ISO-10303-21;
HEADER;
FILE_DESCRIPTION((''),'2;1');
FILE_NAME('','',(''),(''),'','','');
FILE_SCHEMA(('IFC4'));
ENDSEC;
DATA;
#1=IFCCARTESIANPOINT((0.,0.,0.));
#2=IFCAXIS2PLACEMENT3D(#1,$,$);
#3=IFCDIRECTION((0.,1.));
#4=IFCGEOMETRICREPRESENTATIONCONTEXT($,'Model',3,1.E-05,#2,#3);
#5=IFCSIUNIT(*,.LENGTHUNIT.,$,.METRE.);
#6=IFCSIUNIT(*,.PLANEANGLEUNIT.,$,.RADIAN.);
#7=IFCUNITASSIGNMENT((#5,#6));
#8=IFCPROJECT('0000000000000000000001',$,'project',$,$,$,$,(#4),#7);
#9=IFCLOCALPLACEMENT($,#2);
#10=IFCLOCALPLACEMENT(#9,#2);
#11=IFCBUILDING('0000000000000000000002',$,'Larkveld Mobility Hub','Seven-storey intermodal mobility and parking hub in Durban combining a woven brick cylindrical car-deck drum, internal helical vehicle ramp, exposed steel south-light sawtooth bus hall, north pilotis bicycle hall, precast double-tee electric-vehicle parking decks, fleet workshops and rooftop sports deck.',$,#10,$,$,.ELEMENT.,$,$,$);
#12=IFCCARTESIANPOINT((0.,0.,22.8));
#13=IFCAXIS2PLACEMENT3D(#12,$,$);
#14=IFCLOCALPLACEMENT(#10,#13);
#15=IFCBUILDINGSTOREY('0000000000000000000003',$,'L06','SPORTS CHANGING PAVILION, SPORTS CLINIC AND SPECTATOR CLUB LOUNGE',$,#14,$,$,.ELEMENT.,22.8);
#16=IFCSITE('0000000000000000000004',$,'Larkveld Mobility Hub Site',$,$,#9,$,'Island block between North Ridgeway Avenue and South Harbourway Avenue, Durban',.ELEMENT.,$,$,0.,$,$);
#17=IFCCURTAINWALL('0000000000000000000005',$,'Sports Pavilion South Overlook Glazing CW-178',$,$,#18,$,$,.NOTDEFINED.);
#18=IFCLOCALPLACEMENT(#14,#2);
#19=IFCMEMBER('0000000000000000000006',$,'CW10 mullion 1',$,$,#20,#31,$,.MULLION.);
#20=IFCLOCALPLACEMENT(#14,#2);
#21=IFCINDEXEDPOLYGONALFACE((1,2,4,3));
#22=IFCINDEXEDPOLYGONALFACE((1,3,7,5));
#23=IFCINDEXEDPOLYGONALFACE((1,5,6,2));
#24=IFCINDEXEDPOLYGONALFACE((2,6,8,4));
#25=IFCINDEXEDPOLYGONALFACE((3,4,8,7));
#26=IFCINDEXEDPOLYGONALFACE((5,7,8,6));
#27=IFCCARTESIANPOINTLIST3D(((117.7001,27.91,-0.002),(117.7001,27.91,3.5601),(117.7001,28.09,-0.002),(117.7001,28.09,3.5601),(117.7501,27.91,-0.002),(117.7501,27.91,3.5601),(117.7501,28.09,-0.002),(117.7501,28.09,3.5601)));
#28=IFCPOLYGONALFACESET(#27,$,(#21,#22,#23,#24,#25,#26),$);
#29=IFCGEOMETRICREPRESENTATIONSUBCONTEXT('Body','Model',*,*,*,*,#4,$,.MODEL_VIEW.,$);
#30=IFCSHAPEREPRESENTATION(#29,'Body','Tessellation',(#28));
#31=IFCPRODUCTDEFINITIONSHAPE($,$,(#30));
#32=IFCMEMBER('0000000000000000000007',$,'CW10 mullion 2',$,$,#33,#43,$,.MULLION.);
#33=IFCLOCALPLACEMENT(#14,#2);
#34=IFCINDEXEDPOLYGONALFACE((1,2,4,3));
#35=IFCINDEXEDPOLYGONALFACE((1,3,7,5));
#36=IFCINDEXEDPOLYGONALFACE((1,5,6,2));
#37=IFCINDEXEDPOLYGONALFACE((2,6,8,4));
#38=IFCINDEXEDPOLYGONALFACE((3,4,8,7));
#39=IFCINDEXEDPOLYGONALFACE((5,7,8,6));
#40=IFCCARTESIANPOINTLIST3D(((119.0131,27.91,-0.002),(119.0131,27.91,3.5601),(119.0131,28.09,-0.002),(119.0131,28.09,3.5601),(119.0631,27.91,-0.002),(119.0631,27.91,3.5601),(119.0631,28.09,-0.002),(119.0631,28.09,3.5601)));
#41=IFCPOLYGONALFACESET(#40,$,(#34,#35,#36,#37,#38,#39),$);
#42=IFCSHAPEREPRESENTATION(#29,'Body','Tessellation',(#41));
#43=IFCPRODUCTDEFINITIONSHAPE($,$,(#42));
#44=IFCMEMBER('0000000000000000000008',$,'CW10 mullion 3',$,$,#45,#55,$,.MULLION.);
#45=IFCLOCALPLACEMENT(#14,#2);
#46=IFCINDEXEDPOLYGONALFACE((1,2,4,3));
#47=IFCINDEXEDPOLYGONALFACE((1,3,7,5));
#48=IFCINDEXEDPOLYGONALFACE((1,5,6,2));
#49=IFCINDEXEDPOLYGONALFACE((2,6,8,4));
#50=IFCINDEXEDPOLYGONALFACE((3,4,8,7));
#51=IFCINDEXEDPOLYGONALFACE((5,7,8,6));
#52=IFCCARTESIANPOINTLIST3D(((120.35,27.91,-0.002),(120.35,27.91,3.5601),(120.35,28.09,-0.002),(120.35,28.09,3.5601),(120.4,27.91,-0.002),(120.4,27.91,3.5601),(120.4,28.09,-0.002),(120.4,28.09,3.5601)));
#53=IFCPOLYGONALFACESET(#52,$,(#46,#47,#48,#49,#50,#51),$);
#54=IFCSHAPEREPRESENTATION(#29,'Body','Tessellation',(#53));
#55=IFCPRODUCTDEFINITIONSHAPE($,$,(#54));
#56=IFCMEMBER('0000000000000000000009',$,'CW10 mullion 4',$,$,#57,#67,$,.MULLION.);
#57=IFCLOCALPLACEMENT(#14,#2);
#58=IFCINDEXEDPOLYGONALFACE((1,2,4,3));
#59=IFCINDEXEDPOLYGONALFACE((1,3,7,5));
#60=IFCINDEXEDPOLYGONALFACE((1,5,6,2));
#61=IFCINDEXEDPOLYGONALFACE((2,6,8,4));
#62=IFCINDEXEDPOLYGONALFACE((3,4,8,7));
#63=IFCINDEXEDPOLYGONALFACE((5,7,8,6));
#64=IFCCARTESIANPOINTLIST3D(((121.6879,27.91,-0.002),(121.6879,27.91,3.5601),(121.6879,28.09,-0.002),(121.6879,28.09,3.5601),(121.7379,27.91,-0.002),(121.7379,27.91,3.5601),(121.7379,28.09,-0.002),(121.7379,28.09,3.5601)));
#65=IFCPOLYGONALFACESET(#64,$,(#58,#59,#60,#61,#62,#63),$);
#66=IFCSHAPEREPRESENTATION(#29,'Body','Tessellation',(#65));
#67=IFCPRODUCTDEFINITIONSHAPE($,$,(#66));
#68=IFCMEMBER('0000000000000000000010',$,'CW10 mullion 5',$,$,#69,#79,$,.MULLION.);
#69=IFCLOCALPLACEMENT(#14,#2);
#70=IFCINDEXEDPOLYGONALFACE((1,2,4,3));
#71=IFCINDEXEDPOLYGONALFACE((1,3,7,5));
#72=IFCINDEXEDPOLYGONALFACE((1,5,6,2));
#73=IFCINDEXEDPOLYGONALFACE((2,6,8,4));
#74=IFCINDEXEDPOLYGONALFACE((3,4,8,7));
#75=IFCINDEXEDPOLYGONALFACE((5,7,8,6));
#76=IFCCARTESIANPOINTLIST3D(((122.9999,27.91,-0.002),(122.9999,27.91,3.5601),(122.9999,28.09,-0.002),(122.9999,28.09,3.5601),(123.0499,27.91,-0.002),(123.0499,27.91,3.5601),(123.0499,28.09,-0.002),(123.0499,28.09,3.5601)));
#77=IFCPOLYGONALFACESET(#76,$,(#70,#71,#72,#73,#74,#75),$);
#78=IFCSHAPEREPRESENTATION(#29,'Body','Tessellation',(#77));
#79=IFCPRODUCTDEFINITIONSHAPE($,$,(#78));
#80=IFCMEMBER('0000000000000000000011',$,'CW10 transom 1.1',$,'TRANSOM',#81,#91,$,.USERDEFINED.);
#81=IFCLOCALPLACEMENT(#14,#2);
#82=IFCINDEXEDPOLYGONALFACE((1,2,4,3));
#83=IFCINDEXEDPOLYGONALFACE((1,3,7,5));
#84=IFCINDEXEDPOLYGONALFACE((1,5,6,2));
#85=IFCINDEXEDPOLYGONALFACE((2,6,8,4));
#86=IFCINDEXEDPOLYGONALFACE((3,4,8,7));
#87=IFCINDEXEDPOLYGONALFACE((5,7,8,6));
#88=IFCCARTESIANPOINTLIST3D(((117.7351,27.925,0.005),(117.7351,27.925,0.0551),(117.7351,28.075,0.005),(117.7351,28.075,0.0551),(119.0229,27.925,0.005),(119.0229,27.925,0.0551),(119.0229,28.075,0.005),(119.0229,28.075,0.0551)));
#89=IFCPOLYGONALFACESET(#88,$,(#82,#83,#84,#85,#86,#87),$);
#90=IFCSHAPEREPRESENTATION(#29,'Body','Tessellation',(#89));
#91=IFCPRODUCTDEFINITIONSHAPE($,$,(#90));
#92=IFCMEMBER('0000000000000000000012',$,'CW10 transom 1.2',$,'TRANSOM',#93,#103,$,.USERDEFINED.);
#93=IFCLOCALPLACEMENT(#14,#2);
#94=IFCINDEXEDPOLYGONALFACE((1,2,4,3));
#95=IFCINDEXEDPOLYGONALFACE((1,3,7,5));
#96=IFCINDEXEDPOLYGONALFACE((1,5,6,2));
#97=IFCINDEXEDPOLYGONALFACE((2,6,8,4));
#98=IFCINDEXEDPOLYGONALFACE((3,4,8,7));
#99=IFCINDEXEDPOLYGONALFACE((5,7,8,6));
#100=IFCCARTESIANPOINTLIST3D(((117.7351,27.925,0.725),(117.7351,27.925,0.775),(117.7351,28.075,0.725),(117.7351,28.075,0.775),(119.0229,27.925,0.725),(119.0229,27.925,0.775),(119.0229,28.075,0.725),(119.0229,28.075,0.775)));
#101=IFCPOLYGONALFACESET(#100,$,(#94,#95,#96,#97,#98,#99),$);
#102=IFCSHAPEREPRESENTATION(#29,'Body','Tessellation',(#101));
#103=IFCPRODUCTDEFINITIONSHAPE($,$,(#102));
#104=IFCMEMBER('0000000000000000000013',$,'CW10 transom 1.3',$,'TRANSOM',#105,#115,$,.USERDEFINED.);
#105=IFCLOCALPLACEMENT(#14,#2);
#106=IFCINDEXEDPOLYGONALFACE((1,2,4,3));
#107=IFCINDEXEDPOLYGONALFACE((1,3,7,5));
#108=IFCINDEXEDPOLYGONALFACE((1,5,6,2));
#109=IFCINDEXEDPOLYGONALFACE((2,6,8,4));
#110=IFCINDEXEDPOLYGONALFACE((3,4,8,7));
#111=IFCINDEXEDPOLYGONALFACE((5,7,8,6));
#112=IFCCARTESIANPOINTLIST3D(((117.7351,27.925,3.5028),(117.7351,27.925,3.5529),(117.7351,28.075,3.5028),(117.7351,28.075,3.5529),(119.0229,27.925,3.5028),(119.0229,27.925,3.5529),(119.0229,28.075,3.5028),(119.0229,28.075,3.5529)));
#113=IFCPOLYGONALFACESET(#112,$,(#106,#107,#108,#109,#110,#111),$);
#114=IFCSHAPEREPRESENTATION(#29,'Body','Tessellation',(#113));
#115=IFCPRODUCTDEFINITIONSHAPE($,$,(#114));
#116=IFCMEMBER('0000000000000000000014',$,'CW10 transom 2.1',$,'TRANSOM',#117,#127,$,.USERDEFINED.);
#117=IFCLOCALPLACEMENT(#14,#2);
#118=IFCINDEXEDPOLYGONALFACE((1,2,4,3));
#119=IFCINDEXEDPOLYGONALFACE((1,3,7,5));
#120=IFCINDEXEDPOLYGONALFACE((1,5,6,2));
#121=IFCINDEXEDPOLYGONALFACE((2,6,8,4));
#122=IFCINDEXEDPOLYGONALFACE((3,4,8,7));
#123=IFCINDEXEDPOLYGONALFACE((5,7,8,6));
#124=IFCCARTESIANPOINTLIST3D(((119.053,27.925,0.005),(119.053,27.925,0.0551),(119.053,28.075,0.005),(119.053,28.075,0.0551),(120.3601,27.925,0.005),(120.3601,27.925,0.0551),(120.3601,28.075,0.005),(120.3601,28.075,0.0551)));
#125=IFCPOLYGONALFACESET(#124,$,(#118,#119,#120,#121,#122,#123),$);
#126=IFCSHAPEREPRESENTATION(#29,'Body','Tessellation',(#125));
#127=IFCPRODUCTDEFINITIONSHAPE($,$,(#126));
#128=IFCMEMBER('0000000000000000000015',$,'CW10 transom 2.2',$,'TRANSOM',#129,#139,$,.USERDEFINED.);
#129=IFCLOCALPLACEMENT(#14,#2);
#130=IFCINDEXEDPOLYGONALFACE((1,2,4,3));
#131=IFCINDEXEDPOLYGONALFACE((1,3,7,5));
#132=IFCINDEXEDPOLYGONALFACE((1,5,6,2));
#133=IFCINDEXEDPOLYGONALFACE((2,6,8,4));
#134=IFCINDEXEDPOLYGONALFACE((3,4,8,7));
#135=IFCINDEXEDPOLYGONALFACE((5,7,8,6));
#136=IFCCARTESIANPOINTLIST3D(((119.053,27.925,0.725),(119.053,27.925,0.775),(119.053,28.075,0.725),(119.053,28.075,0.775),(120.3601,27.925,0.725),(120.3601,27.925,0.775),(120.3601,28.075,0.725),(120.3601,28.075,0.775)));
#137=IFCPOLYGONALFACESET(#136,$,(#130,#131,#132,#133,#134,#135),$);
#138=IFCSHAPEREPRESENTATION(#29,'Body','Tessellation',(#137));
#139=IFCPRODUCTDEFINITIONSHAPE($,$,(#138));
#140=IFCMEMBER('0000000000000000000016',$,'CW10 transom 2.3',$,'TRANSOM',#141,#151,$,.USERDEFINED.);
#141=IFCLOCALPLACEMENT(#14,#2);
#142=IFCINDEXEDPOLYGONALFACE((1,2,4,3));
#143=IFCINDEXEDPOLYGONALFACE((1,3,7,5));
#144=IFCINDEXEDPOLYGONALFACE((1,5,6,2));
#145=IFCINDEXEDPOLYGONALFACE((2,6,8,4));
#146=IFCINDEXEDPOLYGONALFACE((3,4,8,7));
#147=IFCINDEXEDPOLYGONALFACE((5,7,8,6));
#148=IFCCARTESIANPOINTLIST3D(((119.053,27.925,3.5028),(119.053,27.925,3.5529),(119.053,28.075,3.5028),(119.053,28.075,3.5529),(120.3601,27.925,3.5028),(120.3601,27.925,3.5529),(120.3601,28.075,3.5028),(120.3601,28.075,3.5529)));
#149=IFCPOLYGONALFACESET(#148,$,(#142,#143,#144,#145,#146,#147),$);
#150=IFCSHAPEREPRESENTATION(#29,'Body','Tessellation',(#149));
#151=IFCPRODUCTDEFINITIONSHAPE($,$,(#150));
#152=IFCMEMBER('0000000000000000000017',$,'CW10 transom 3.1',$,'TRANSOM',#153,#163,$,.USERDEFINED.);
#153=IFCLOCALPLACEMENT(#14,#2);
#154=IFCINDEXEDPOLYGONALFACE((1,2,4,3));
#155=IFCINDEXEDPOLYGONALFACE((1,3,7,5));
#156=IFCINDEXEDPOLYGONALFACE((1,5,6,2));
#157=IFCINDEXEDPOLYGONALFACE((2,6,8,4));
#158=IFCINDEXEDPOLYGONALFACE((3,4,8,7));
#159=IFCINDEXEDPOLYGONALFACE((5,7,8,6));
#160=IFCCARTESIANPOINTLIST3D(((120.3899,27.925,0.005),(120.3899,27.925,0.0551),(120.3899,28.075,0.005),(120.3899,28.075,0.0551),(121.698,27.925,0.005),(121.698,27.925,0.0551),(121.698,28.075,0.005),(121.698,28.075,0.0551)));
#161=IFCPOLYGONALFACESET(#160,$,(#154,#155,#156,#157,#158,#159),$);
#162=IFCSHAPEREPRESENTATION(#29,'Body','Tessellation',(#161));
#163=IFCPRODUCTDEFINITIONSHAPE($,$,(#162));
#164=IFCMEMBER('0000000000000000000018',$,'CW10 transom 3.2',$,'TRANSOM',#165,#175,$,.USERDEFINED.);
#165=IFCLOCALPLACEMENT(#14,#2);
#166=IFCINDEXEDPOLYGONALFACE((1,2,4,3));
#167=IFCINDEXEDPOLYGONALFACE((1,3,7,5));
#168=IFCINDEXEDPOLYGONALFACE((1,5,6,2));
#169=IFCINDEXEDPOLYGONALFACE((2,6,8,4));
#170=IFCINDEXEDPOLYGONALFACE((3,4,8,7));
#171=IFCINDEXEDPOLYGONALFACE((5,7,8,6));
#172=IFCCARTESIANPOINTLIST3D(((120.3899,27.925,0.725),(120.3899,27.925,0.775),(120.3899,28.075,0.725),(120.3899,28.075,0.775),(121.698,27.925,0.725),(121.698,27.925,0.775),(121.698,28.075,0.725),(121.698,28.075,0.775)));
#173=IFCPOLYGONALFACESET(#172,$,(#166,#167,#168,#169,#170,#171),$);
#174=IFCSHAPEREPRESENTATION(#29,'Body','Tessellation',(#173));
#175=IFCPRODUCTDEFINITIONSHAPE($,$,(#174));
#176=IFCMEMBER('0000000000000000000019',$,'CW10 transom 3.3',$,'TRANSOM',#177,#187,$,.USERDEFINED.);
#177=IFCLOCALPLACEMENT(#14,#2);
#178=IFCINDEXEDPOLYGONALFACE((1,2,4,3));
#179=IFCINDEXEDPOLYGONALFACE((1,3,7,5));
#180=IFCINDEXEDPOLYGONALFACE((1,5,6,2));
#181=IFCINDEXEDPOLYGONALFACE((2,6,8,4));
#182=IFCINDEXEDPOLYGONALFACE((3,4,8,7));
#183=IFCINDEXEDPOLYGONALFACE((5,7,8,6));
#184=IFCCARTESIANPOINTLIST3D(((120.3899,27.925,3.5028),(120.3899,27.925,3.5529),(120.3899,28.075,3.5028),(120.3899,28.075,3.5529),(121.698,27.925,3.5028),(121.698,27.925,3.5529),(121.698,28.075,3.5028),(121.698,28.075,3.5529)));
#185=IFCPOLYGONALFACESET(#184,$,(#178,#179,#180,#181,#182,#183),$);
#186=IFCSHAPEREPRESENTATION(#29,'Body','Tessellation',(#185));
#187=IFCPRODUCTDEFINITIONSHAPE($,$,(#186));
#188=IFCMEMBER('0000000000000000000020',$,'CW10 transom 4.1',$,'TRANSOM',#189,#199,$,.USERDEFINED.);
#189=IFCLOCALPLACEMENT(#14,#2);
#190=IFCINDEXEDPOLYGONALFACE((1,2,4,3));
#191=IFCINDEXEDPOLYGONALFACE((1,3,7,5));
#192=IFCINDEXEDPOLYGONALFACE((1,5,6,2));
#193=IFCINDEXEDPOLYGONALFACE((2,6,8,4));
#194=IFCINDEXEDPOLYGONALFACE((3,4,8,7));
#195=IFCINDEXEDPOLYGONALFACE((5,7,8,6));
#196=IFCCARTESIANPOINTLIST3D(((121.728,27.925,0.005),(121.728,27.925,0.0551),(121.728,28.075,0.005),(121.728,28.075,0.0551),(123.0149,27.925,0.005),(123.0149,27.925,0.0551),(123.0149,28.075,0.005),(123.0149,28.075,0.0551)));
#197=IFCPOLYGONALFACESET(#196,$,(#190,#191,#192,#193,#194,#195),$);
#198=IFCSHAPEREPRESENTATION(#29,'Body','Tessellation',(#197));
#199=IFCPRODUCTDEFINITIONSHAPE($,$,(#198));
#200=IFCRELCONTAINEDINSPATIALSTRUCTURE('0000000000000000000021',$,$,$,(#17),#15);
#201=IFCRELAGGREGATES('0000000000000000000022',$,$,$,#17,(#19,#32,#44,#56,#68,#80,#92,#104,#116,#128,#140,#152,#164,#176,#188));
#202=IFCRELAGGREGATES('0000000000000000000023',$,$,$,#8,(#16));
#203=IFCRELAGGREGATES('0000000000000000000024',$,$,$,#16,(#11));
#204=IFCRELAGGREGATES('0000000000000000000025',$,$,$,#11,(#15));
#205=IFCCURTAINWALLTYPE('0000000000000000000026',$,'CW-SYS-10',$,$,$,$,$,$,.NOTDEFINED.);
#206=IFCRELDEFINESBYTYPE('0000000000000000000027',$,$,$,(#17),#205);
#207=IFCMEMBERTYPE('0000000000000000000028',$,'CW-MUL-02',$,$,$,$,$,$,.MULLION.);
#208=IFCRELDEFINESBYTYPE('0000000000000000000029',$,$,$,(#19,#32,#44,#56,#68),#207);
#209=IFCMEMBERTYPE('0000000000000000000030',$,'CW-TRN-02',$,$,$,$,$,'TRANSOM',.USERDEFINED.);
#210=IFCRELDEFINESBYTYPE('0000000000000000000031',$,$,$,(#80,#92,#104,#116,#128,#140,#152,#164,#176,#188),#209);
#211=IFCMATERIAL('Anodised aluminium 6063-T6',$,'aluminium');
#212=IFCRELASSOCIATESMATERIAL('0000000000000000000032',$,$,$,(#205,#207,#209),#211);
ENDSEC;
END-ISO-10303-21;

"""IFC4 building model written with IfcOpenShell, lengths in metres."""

from ifc_helpers import new_model, si_unit, direction, frame, origin, origin_2d, place, context, subcontext, project, spatial, rectangle, extrude, material, material_profile, profile_set, type_object, element, aggregate, save


model = new_model("IFC4")

# Units and contexts
model_context = context("Model", 3, precision=1e-05, world=origin(), true_north=direction((0.0, 1.0)))
body_context = subcontext(model_context, "Body", "Model", "MODEL_VIEW")
ifc_project = project(units=[si_unit("LENGTHUNIT", "METRE"), si_unit("PLANEANGLEUNIT", "RADIAN")], contexts=[model_context])

# Site, building, storey
site_placement = place(None, origin())
site = spatial("IfcSite", under=ifc_project, at=site_placement, Name="Larkveld Mobility Hub Site", LongName="Island block between North Ridgeway Avenue and South Harbourway Avenue, Durban", CompositionType="ELEMENT", RefElevation=0.0)
building_placement = place(site_placement, origin())
building = spatial("IfcBuilding", under=site, at=building_placement, Name="Larkveld Mobility Hub", Description="Seven-storey intermodal mobility and parking hub in Durban combining a woven brick cylindrical car-deck drum, internal helical vehicle ramp, exposed steel south-light sawtooth bus hall, north pilotis bicycle hall, precast double-tee electric-vehicle parking decks, fleet workshops and rooftop sports deck.", CompositionType="ELEMENT")
storey_placement = place(building_placement, frame((0.0, 0.0, 22.8)))
storey = spatial("IfcBuildingStorey", under=building, at=storey_placement, Name="L06", Description="SPORTS CHANGING PAVILION, SPORTS CLINIC AND SPECTATOR CLUB LOUNGE", CompositionType="ELEMENT", Elevation=22.8)

# Curtain wall, members
ifc_material_1 = material(Name="Anodised aluminium 6063-T6", Category="aluminium")
curtain_wall_type = type_object("IfcCurtainWallType", Name="CW-SYS-10", PredefinedType="NOTDEFINED", material=ifc_material_1)
curtain_wall_placement = place(storey_placement, origin())
curtain_wall = element("IfcCurtainWall", 1, at=curtain_wall_placement, inside=storey, type_object=curtain_wall_type, Name="Sports Pavilion South Overlook Glazing CW-178", PredefinedType="NOTDEFINED")
ifc_material_profile_1 = material_profile(ifc_material_1, rectangle(XDim=0.05, YDim=0.1799, at=origin_2d()), Name="ALU MULL 50x180")
ifc_profile_set_1 = profile_set([ifc_material_profile_1], Name="Anodised aluminium 6063-T6")
member_type_1 = type_object("IfcMemberType", Name="CW-MUL-02", PredefinedType="MULLION", material=ifc_profile_set_1)
member_1_placement = place(storey_placement, frame((117.7251, 28.0, -0.002), z_axis=(0.0, 0.0, 1.0), x_axis=(1.0, 0.0, 0.0)))
member_1 = element("IfcMember", 2, at=member_1_placement, type_object=member_type_1, Name="CW10 mullion 1", PredefinedType="MULLION", context=body_context, shape_type="SweptSolid", body=[
    extrude(rectangle(XDim=0.05, YDim=0.1799, at=origin_2d()), origin(), (0.0, 0.0, 1.0), 3.562),
])
member_2_placement = place(storey_placement, frame((119.0381, 28.0, -0.002), z_axis=(0.0, 0.0, 1.0), x_axis=(1.0, 0.0, 0.0)))
member_2 = element("IfcMember", 3, at=member_2_placement, type_object=member_type_1, Name="CW10 mullion 2", PredefinedType="MULLION", context=body_context, shape_type="SweptSolid", body=[
    extrude(rectangle(XDim=0.05, YDim=0.1799, at=origin_2d()), origin(), (0.0, 0.0, 1.0), 3.562),
])
member_3_placement = place(storey_placement, frame((120.375, 28.0, -0.002), z_axis=(0.0, 0.0, 1.0), x_axis=(1.0, 0.0, 0.0)))
member_3 = element("IfcMember", 4, at=member_3_placement, type_object=member_type_1, Name="CW10 mullion 3", PredefinedType="MULLION", context=body_context, shape_type="SweptSolid", body=[
    extrude(rectangle(XDim=0.05, YDim=0.1799, at=origin_2d()), origin(), (0.0, 0.0, 1.0), 3.562),
])
member_4_placement = place(storey_placement, frame((121.7129, 28.0, -0.002), z_axis=(0.0, 0.0, 1.0), x_axis=(1.0, 0.0, 0.0)))
member_4 = element("IfcMember", 5, at=member_4_placement, type_object=member_type_1, Name="CW10 mullion 4", PredefinedType="MULLION", context=body_context, shape_type="SweptSolid", body=[
    extrude(rectangle(XDim=0.05, YDim=0.1799, at=origin_2d()), origin(), (0.0, 0.0, 1.0), 3.562),
])
member_5_placement = place(storey_placement, frame((123.0249, 28.0, -0.002), z_axis=(0.0, 0.0, 1.0), x_axis=(1.0, 0.0, 0.0)))
member_5 = element("IfcMember", 6, at=member_5_placement, type_object=member_type_1, Name="CW10 mullion 5", PredefinedType="MULLION", context=body_context, shape_type="SweptSolid", body=[
    extrude(rectangle(XDim=0.05, YDim=0.1799, at=origin_2d()), origin(), (0.0, 0.0, 1.0), 3.562),
])
ifc_material_profile_2 = material_profile(ifc_material_1, rectangle(XDim=0.1499, YDim=0.05, at=origin_2d()), Name="ALU TRAN 50x150")
ifc_profile_set_2 = profile_set([ifc_material_profile_2], Name="Anodised aluminium 6063-T6")
member_type_2 = type_object("IfcMemberType", Name="CW-TRN-02", ElementType="TRANSOM", PredefinedType="USERDEFINED", material=ifc_profile_set_2)
member_6_placement = place(storey_placement, frame((117.7351, 28.0, 0.03), z_axis=(1.0, 0.0, 0.0), x_axis=(0.0, 1.0, 0.0)))
member_6 = element("IfcMember", 7, at=member_6_placement, type_object=member_type_2, Name="CW10 transom 1.1", ObjectType="TRANSOM", PredefinedType="USERDEFINED", context=body_context, shape_type="SweptSolid", body=[
    extrude(rectangle(XDim=0.1499, YDim=0.05, at=origin_2d()), origin(), (0.0, 0.0, 1.0), 1.2878),
])
member_7_placement = place(storey_placement, frame((117.7351, 28.0, 0.75), z_axis=(1.0, 0.0, 0.0), x_axis=(0.0, 1.0, 0.0)))
member_7 = element("IfcMember", 8, at=member_7_placement, type_object=member_type_2, Name="CW10 transom 1.2", ObjectType="TRANSOM", PredefinedType="USERDEFINED", context=body_context, shape_type="SweptSolid", body=[
    extrude(rectangle(XDim=0.1499, YDim=0.05, at=origin_2d()), origin(), (0.0, 0.0, 1.0), 1.2878),
])
member_8_placement = place(storey_placement, frame((117.7351, 28.0, 3.5278), z_axis=(1.0, 0.0, 0.0), x_axis=(0.0, 1.0, 0.0)))
member_8 = element("IfcMember", 9, at=member_8_placement, type_object=member_type_2, Name="CW10 transom 1.3", ObjectType="TRANSOM", PredefinedType="USERDEFINED", context=body_context, shape_type="SweptSolid", body=[
    extrude(rectangle(XDim=0.1499, YDim=0.05, at=origin_2d()), origin(), (0.0, 0.0, 1.0), 1.2878),
])
member_9_placement = place(storey_placement, frame((119.053, 28.0, 0.03), z_axis=(1.0, 0.0, 0.0), x_axis=(0.0, 1.0, 0.0)))
member_9 = element("IfcMember", 10, at=member_9_placement, type_object=member_type_2, Name="CW10 transom 2.1", ObjectType="TRANSOM", PredefinedType="USERDEFINED", context=body_context, shape_type="SweptSolid", body=[
    extrude(rectangle(XDim=0.1499, YDim=0.05, at=origin_2d()), origin(), (0.0, 0.0, 1.0), 1.3071),
])
member_10_placement = place(storey_placement, frame((119.053, 28.0, 0.75), z_axis=(1.0, 0.0, 0.0), x_axis=(0.0, 1.0, 0.0)))
member_10 = element("IfcMember", 11, at=member_10_placement, type_object=member_type_2, Name="CW10 transom 2.2", ObjectType="TRANSOM", PredefinedType="USERDEFINED", context=body_context, shape_type="SweptSolid", body=[
    extrude(rectangle(XDim=0.1499, YDim=0.05, at=origin_2d()), origin(), (0.0, 0.0, 1.0), 1.3071),
])
member_11_placement = place(storey_placement, frame((119.053, 28.0, 3.5278), z_axis=(1.0, 0.0, 0.0), x_axis=(0.0, 1.0, 0.0)))
member_11 = element("IfcMember", 12, at=member_11_placement, type_object=member_type_2, Name="CW10 transom 2.3", ObjectType="TRANSOM", PredefinedType="USERDEFINED", context=body_context, shape_type="SweptSolid", body=[
    extrude(rectangle(XDim=0.1499, YDim=0.05, at=origin_2d()), origin(), (0.0, 0.0, 1.0), 1.3071),
])
member_12_placement = place(storey_placement, frame((120.3899, 28.0, 0.03), z_axis=(1.0, 0.0, 0.0), x_axis=(0.0, 1.0, 0.0)))
member_12 = element("IfcMember", 13, at=member_12_placement, type_object=member_type_2, Name="CW10 transom 3.1", ObjectType="TRANSOM", PredefinedType="USERDEFINED", context=body_context, shape_type="SweptSolid", body=[
    extrude(rectangle(XDim=0.1499, YDim=0.05, at=origin_2d()), origin(), (0.0, 0.0, 1.0), 1.3081),
])
member_13_placement = place(storey_placement, frame((120.3899, 28.0, 0.75), z_axis=(1.0, 0.0, 0.0), x_axis=(0.0, 1.0, 0.0)))
member_13 = element("IfcMember", 14, at=member_13_placement, type_object=member_type_2, Name="CW10 transom 3.2", ObjectType="TRANSOM", PredefinedType="USERDEFINED", context=body_context, shape_type="SweptSolid", body=[
    extrude(rectangle(XDim=0.1499, YDim=0.05, at=origin_2d()), origin(), (0.0, 0.0, 1.0), 1.3081),
])
member_14_placement = place(storey_placement, frame((120.3899, 28.0, 3.5278), z_axis=(1.0, 0.0, 0.0), x_axis=(0.0, 1.0, 0.0)))
member_14 = element("IfcMember", 15, at=member_14_placement, type_object=member_type_2, Name="CW10 transom 3.3", ObjectType="TRANSOM", PredefinedType="USERDEFINED", context=body_context, shape_type="SweptSolid", body=[
    extrude(rectangle(XDim=0.1499, YDim=0.05, at=origin_2d()), origin(), (0.0, 0.0, 1.0), 1.3081),
])
member_15_placement = place(storey_placement, frame((121.728, 28.0, 0.03), z_axis=(1.0, 0.0, 0.0), x_axis=(0.0, 1.0, 0.0)))
member_15 = element("IfcMember", 16, at=member_15_placement, type_object=member_type_2, Name="CW10 transom 4.1", ObjectType="TRANSOM", PredefinedType="USERDEFINED", context=body_context, shape_type="SweptSolid", body=[
    extrude(rectangle(XDim=0.1499, YDim=0.05, at=origin_2d()), origin(), (0.0, 0.0, 1.0), 1.2869),
])
aggregate(curtain_wall, [member_1, member_2, member_3, member_4, member_5, member_6, member_7, member_8, member_9, member_10, member_11, member_12, member_13, member_14, member_15])

save(model, "model.ifc")
